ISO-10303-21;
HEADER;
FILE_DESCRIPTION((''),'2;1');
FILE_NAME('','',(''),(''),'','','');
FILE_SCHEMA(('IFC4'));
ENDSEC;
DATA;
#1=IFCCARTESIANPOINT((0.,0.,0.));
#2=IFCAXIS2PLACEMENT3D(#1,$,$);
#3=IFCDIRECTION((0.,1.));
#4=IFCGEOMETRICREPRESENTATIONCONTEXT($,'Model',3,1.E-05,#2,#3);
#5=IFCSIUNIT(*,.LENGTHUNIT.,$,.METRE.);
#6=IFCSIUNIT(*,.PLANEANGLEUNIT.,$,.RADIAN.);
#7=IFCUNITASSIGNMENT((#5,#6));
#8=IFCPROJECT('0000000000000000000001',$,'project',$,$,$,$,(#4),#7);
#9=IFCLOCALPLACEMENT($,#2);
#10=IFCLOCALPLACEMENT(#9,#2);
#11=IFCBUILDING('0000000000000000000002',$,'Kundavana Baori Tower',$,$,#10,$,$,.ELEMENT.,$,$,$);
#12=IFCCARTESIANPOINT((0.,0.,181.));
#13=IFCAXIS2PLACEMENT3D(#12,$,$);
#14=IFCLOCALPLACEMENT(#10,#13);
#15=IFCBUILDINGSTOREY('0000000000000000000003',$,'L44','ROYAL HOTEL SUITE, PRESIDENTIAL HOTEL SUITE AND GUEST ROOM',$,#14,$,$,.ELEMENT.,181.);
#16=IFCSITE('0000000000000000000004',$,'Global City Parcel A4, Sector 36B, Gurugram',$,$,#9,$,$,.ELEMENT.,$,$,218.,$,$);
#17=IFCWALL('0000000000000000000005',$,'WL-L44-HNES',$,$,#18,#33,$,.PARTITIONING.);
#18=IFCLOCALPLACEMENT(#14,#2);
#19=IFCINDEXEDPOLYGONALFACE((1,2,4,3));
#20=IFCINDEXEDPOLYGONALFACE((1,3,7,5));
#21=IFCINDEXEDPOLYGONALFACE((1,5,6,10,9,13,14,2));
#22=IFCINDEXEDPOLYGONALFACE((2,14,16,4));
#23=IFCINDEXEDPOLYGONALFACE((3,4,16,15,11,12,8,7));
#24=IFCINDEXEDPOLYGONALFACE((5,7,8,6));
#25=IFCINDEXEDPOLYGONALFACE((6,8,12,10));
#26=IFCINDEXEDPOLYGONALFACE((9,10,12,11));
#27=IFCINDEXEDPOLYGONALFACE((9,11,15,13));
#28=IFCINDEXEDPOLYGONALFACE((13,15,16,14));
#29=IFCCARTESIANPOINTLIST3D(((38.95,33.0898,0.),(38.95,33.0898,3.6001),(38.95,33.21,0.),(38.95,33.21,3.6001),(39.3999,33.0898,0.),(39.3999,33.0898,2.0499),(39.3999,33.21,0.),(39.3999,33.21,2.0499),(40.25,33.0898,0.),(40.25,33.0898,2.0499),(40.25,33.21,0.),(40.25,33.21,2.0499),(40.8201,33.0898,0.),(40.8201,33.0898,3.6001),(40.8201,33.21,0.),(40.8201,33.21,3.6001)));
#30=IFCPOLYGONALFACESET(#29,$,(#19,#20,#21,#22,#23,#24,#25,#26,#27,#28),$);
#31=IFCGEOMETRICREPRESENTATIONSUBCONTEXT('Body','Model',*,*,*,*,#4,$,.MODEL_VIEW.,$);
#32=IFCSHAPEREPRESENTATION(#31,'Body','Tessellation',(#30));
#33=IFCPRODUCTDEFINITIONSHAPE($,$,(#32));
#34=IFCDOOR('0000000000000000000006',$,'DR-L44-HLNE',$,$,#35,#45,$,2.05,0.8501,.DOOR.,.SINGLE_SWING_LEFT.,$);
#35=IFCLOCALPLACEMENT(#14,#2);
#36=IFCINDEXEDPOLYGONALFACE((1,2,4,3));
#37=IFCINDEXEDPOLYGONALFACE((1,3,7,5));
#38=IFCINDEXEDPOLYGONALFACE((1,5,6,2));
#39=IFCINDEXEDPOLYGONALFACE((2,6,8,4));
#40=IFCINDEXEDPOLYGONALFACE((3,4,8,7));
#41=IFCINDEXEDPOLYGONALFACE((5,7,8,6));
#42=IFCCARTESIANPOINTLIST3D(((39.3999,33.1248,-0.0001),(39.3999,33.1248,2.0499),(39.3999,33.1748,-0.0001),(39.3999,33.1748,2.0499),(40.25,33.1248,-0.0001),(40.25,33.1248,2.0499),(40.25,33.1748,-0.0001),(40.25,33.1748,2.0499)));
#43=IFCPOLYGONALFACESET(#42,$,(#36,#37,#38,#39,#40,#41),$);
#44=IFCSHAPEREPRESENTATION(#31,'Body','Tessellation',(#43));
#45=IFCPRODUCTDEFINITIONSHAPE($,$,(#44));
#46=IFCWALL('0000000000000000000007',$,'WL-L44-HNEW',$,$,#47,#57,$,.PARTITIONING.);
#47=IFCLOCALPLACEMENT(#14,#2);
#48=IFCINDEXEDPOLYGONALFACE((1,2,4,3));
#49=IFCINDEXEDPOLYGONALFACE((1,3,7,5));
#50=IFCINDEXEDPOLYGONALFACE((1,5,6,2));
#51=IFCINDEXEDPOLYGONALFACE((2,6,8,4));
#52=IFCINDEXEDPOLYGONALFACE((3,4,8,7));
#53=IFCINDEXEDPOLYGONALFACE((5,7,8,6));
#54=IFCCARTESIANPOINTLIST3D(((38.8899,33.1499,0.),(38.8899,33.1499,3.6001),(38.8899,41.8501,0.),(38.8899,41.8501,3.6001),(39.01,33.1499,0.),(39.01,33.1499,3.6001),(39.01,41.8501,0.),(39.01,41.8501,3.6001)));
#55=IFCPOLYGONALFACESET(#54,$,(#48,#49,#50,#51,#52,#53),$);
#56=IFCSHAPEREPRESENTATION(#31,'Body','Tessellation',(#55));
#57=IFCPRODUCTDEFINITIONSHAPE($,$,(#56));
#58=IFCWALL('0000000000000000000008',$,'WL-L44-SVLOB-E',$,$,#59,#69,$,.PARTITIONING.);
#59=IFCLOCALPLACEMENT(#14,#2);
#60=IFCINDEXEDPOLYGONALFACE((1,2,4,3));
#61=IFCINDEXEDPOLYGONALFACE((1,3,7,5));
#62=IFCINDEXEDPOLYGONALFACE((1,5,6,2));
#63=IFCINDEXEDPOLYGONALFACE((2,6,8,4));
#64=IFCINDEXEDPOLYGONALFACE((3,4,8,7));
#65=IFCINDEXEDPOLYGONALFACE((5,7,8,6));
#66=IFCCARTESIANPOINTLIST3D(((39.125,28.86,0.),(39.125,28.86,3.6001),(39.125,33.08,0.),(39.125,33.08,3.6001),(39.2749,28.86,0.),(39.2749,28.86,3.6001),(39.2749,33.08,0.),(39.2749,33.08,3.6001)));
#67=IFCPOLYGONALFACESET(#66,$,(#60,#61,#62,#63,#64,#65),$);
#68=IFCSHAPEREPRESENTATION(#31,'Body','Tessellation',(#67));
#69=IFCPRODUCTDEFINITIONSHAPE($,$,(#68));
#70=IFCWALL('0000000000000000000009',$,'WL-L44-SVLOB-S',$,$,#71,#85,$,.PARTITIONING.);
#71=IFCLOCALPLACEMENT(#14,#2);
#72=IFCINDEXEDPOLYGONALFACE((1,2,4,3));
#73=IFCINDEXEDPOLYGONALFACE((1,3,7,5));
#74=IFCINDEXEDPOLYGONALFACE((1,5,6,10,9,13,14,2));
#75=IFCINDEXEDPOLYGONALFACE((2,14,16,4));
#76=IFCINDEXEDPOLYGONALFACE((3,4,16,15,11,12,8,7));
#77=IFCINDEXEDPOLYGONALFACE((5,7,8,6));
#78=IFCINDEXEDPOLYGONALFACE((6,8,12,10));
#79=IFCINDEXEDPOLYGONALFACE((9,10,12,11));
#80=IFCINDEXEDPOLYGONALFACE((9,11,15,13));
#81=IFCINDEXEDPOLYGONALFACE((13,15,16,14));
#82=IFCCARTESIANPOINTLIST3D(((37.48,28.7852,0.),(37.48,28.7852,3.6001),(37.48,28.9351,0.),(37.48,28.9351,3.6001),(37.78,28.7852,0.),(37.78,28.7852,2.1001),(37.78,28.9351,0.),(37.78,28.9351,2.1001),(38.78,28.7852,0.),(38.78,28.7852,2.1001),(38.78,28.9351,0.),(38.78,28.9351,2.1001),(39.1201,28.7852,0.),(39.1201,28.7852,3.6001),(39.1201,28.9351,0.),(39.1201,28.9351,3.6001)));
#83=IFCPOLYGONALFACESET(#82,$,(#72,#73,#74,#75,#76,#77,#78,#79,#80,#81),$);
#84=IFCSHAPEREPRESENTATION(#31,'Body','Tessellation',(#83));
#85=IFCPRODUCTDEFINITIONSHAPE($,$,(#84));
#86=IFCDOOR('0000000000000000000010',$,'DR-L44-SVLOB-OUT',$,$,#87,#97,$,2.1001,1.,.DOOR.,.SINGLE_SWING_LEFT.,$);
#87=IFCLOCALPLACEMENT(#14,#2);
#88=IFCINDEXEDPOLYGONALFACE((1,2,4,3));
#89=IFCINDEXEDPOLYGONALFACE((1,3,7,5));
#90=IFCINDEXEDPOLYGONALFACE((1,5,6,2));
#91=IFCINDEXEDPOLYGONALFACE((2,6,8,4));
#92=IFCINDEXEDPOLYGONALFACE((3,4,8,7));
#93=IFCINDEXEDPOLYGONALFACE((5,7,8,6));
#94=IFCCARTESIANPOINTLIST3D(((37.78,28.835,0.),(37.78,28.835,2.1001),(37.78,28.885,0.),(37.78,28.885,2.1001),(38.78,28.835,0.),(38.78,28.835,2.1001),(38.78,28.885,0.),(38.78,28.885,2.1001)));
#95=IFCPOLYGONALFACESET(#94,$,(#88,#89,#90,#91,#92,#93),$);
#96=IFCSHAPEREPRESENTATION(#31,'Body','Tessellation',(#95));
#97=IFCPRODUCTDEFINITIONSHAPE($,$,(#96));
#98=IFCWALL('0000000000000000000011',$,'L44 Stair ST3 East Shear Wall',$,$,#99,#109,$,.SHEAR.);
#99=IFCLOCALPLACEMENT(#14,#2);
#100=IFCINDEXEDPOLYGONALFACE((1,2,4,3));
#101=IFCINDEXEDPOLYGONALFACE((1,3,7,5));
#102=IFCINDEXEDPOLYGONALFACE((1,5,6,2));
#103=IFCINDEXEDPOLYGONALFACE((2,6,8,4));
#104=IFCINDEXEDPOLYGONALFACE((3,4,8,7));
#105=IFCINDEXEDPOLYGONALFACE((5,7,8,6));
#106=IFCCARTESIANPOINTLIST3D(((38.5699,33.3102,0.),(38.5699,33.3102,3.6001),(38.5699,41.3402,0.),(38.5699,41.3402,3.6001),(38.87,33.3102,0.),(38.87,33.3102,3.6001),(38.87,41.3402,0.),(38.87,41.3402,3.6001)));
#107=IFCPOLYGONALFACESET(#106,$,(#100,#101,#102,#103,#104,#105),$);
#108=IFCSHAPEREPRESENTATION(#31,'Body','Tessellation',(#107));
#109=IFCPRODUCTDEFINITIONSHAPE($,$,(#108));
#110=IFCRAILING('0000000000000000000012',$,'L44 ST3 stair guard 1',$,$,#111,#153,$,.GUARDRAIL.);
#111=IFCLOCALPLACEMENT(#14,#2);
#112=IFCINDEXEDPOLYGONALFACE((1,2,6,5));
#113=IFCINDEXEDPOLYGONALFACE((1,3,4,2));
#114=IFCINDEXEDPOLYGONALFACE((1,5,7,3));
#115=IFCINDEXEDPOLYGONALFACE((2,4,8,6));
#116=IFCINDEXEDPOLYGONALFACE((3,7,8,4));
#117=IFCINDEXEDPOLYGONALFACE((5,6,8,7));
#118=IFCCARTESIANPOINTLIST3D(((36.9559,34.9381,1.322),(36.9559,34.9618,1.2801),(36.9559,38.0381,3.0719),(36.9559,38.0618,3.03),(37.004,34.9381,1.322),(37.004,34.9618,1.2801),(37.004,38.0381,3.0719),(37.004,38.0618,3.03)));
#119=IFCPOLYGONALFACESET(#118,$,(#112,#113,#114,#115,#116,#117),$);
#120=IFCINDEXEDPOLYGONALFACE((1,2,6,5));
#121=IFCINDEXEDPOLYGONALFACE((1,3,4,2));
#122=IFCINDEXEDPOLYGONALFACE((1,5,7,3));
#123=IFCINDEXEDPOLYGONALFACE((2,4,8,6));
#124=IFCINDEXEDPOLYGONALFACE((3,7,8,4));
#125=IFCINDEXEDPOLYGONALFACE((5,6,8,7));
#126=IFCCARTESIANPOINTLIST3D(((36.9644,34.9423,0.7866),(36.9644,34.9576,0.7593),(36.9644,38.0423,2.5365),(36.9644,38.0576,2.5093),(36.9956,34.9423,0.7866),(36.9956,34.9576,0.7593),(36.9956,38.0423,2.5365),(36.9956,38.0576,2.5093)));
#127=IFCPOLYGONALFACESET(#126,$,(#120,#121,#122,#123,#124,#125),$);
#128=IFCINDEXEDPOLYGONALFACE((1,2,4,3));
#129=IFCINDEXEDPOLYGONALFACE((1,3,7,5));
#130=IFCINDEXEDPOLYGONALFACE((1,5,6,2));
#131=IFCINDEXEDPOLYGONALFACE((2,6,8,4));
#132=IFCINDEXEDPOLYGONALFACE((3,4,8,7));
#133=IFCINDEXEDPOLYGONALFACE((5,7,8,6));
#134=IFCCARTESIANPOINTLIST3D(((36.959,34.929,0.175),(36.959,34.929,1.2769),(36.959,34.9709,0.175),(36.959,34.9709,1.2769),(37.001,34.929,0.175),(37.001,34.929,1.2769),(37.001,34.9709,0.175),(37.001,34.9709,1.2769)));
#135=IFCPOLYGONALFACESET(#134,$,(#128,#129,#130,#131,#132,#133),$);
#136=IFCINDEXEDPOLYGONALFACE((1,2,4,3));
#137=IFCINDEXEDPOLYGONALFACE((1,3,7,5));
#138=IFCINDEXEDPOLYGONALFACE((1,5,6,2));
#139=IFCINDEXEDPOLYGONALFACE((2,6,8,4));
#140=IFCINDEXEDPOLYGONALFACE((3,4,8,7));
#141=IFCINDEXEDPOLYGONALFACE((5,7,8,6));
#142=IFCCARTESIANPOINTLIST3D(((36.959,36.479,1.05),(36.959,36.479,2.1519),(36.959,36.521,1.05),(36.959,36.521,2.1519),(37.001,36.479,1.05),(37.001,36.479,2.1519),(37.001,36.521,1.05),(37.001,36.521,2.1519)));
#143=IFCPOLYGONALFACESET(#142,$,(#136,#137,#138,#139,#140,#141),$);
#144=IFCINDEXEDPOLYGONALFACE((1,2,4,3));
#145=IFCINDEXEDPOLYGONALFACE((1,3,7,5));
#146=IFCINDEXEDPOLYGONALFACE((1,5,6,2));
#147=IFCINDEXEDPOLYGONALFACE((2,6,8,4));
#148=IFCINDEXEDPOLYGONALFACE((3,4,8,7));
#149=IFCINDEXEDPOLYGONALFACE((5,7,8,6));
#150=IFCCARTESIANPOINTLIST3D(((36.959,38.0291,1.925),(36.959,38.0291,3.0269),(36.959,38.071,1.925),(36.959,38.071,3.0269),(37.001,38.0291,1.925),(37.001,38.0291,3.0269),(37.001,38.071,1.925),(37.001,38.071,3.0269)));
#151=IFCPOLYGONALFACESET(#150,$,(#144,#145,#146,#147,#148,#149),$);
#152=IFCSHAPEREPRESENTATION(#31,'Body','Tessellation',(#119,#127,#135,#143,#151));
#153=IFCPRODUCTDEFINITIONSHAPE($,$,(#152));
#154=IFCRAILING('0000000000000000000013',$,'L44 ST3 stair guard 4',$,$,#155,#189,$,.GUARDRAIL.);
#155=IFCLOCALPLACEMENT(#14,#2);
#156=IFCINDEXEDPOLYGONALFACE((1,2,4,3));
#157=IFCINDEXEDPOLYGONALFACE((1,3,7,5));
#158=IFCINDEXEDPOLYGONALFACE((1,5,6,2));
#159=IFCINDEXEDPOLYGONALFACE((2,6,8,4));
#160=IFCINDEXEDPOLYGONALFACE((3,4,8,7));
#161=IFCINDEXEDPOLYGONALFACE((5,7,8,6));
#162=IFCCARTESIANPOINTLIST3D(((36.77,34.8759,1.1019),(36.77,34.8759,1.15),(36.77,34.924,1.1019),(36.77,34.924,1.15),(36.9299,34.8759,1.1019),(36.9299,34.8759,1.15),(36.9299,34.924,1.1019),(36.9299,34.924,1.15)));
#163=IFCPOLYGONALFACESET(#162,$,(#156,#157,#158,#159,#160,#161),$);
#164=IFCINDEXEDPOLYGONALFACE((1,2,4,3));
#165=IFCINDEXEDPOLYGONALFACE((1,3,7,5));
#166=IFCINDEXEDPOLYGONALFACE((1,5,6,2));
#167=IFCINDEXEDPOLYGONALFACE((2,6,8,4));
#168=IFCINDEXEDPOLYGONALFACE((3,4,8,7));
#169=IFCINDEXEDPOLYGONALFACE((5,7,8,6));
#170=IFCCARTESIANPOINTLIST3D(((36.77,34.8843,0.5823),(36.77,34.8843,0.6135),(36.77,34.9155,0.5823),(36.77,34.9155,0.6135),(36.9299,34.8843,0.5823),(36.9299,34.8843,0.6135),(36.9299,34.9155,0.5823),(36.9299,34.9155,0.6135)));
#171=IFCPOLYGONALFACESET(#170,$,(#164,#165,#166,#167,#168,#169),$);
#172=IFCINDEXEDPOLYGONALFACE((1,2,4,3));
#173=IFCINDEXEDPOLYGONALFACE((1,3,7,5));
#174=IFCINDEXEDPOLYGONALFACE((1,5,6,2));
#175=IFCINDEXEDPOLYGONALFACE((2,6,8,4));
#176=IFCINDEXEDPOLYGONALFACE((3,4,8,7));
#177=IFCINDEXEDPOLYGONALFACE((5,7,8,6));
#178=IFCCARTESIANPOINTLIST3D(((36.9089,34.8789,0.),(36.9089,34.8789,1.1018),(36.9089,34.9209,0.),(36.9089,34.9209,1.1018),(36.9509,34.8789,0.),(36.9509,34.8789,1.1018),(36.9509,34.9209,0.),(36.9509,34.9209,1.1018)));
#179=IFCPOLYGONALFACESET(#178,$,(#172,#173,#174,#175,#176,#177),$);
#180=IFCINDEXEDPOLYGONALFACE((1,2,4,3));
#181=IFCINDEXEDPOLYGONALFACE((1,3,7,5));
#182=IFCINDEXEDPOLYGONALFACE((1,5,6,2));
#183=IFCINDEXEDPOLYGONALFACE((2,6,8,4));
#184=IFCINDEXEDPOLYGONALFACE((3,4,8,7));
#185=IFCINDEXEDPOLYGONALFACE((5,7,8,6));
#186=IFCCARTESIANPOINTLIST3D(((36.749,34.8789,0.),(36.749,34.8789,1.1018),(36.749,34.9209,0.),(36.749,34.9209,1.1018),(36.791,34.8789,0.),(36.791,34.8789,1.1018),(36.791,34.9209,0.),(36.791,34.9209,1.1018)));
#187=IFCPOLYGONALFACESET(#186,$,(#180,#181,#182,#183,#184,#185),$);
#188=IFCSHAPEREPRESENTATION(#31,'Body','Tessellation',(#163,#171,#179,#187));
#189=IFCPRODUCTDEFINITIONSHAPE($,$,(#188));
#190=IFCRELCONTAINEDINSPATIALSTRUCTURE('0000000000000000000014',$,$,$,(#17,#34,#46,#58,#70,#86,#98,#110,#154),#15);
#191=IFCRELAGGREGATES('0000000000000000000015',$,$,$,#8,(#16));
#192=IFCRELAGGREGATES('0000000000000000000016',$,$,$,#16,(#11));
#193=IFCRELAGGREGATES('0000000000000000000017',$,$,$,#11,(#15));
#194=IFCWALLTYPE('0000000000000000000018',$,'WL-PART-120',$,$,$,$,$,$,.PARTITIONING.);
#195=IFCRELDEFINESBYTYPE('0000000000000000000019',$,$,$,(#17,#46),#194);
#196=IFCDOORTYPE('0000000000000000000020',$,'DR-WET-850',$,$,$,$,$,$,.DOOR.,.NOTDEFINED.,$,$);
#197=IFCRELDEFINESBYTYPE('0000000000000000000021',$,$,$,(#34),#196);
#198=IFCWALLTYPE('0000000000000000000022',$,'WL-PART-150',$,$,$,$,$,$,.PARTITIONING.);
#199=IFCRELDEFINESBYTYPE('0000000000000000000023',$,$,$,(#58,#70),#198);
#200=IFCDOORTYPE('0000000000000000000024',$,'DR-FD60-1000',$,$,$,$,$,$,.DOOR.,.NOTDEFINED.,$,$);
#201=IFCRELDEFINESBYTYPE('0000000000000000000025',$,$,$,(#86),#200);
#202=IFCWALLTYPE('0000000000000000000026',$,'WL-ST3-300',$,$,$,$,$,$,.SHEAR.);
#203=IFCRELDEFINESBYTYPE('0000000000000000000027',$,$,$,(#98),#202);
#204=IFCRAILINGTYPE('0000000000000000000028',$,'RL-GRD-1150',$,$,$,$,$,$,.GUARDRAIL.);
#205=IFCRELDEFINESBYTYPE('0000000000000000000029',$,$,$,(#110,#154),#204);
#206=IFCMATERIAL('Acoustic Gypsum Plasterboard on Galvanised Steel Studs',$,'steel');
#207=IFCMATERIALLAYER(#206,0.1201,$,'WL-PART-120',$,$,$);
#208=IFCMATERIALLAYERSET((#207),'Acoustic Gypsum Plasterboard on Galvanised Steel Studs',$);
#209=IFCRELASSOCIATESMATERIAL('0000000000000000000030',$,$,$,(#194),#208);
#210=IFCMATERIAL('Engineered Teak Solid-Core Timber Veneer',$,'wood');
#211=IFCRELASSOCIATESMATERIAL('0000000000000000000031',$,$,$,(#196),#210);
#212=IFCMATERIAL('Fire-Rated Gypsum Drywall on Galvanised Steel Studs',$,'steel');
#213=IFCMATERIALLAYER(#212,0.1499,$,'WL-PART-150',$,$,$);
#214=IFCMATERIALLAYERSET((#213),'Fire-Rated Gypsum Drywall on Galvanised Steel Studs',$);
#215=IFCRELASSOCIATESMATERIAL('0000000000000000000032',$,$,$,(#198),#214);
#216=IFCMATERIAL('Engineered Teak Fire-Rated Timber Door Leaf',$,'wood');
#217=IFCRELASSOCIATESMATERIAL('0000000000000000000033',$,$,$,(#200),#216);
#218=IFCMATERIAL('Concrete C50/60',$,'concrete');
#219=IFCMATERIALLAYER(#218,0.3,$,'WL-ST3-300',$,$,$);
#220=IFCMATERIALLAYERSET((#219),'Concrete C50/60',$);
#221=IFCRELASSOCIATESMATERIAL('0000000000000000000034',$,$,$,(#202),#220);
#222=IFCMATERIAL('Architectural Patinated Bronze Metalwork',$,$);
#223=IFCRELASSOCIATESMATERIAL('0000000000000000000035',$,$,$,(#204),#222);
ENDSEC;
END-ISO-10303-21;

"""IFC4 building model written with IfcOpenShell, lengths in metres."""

from ifc_helpers import new_model, si_unit, direction, frame, frame_2d, origin, origin_2d, place, context, subcontext, project, spatial, rectangle, extrude, material, layer, layer_set, type_object, element, fill, save


model = new_model("IFC4")

# Units and contexts
model_context = context("Model", 3, precision=1e-05, world=origin(), true_north=direction((0.0, 1.0)))
body_context = subcontext(model_context, "Body", "Model", "MODEL_VIEW")
ifc_project = project(units=[si_unit("LENGTHUNIT", "METRE"), si_unit("PLANEANGLEUNIT", "RADIAN")], contexts=[model_context])

# Site, building, storey
site_placement = place(None, origin())
site = spatial("IfcSite", under=ifc_project, at=site_placement, Name="Global City Parcel A4, Sector 36B, Gurugram", CompositionType="ELEMENT", RefElevation=218.0)
building_placement = place(site_placement, origin())
building = spatial("IfcBuilding", under=site, at=building_placement, Name="Kundavana Baori Tower", CompositionType="ELEMENT")
storey_placement = place(building_placement, frame((0.0, 0.0, 181.0)))
storey = spatial("IfcBuildingStorey", under=building, at=storey_placement, Name="L44", Description="ROYAL HOTEL SUITE, PRESIDENTIAL HOTEL SUITE AND GUEST ROOM", CompositionType="ELEMENT", Elevation=181.0)

# Shared definitions
ifc_material_1 = material(Name="Acoustic Gypsum Plasterboard on Galvanised Steel Studs", Category="steel")
ifc_layer_1 = layer(ifc_material_1, 0.1201, Name="WL-PART-120")
ifc_layer_set_1 = layer_set([ifc_layer_1], Name="Acoustic Gypsum Plasterboard on Galvanised Steel Studs")
wall_type_1 = type_object("IfcWallType", Name="WL-PART-120", PredefinedType="PARTITIONING", material=ifc_layer_set_1)

# Wall, opening, door
wall_1_placement = place(storey_placement, frame((38.95, 33.1499, 0.0), z_axis=(0.0, 0.0, 1.0), x_axis=(1.0, 0.0, 0.0)))
wall_1 = element("IfcWall", 1, at=wall_1_placement, inside=storey, type_object=wall_type_1, Name="WL-L44-HNES", PredefinedType="PARTITIONING", context=body_context, shape_type="SweptSolid", body=[
    extrude(rectangle(XDim=1.8701, YDim=0.1201, at=frame_2d((0.9351, 0.0))), origin(), (0.0, 0.0, 1.0), 3.6001),
])
opening_1_placement = place(wall_1_placement, frame((0.45, 0.0, 0.0)))
opening_1 = element("IfcOpeningElement", 2, at=opening_1_placement, cuts=wall_1, PredefinedType="OPENING", context=body_context, shape_type="SweptSolid", body=[
    extrude(rectangle(XDim=0.8501, YDim=2.05, at=frame_2d((0.425, 1.0249))), frame((0.0, 0.0701, 0.0), z_axis=(0.0, -1.0, 0.0), x_axis=(1.0, 0.0, 0.0)), (0.0, 0.0, 1.0), 0.1401),
])
ifc_material_2 = material(Name="Engineered Teak Solid-Core Timber Veneer", Category="wood")
door_type_1 = type_object("IfcDoorType", Name="DR-WET-850", OperationType="NOTDEFINED", PredefinedType="DOOR", material=ifc_material_2)
door_1_placement = place(opening_1_placement, origin())
door_1 = element("IfcDoor", 3, at=door_1_placement, inside=storey, type_object=door_type_1, Name="DR-L44-HLNE", OperationType="SINGLE_SWING_LEFT", OverallHeight=2.05, OverallWidth=0.8501, PredefinedType="DOOR", context=body_context, shape_type="SweptSolid", body=[
    extrude(rectangle(XDim=0.8501, YDim=2.05, at=frame_2d((0.425, 1.0249))), frame((0.0, 0.0249, 0.0), z_axis=(0.0, -1.0, 0.0), x_axis=(1.0, 0.0, 0.0)), (0.0, 0.0, 1.0), 0.05),
])
fill(opening_1, door_1)

# Walls
wall_2_placement = place(storey_placement, frame((38.95, 33.1499, 0.0), z_axis=(0.0, 0.0, 1.0), x_axis=(0.0, 1.0, 0.0)))
element("IfcWall", 4, at=wall_2_placement, inside=storey, type_object=wall_type_1, Name="WL-L44-HNEW", PredefinedType="PARTITIONING", context=body_context, shape_type="SweptSolid", body=[
    extrude(rectangle(XDim=8.7002, YDim=0.1201, at=frame_2d((4.3501, 0.0))), origin(), (0.0, 0.0, 1.0), 3.6001),
])
ifc_material_3 = material(Name="Fire-Rated Gypsum Drywall on Galvanised Steel Studs", Category="steel")
ifc_layer_2 = layer(ifc_material_3, 0.1499, Name="WL-PART-150")
ifc_layer_set_2 = layer_set([ifc_layer_2], Name="Fire-Rated Gypsum Drywall on Galvanised Steel Studs")
wall_type_2 = type_object("IfcWallType", Name="WL-PART-150", PredefinedType="PARTITIONING", material=ifc_layer_set_2)
wall_3_placement = place(storey_placement, frame((39.2, 28.8601, 0.0), z_axis=(0.0, 0.0, 1.0), x_axis=(0.0, 1.0, 0.0)))
element("IfcWall", 5, at=wall_3_placement, inside=storey, type_object=wall_type_2, Name="WL-L44-SVLOB-E", PredefinedType="PARTITIONING", context=body_context, shape_type="SweptSolid", body=[
    extrude(rectangle(XDim=4.22, YDim=0.1499, at=frame_2d((2.1099, 0.0))), origin(), (0.0, 0.0, 1.0), 3.6001),
])

# Wall, opening, door
wall_4_placement = place(storey_placement, frame((37.48, 28.8601, 0.0), z_axis=(0.0, 0.0, 1.0), x_axis=(1.0, 0.0, 0.0)))
wall_4 = element("IfcWall", 6, at=wall_4_placement, inside=storey, type_object=wall_type_2, Name="WL-L44-SVLOB-S", PredefinedType="PARTITIONING", context=body_context, shape_type="SweptSolid", body=[
    extrude(rectangle(XDim=1.6401, YDim=0.1499, at=frame_2d((0.8201, 0.0))), origin(), (0.0, 0.0, 1.0), 3.6001),
])
opening_2_placement = place(wall_4_placement, frame((0.3, 0.0, 0.0)))
opening_2 = element("IfcOpeningElement", 7, at=opening_2_placement, cuts=wall_4, PredefinedType="OPENING", context=body_context, shape_type="SweptSolid", body=[
    extrude(rectangle(XDim=1.0, YDim=2.1001, at=frame_2d((0.5, 1.05))), frame((0.0, 0.085, 0.0), z_axis=(0.0, -1.0, 0.0), x_axis=(1.0, 0.0, 0.0)), (0.0, 0.0, 1.0), 0.1699),
])
ifc_material_4 = material(Name="Engineered Teak Fire-Rated Timber Door Leaf", Category="wood")
door_type_2 = type_object("IfcDoorType", Name="DR-FD60-1000", OperationType="NOTDEFINED", PredefinedType="DOOR", material=ifc_material_4)
door_2_placement = place(opening_2_placement, origin())
door_2 = element("IfcDoor", 8, at=door_2_placement, inside=storey, type_object=door_type_2, Name="DR-L44-SVLOB-OUT", OperationType="SINGLE_SWING_LEFT", OverallHeight=2.1001, OverallWidth=1.0, PredefinedType="DOOR", context=body_context, shape_type="SweptSolid", body=[
    extrude(rectangle(XDim=1.0, YDim=2.1001, at=frame_2d((0.5, 1.05))), frame((0.0, 0.0249, 0.0), z_axis=(0.0, -1.0, 0.0), x_axis=(1.0, 0.0, 0.0)), (0.0, 0.0, 1.0), 0.05),
])
fill(opening_2, door_2)

# Wall
ifc_material_5 = material(Name="Concrete C50/60", Category="concrete")
ifc_layer_3 = layer(ifc_material_5, 0.3, Name="WL-ST3-300")
ifc_layer_set_3 = layer_set([ifc_layer_3], Name="Concrete C50/60")
wall_type_3 = type_object("IfcWallType", Name="WL-ST3-300", PredefinedType="SHEAR", material=ifc_layer_set_3)
wall_5_placement = place(storey_placement, frame((38.72, 33.3101, 0.0), z_axis=(0.0, 0.0, 1.0), x_axis=(0.0, 1.0, 0.0)))
element("IfcWall", 9, at=wall_5_placement, inside=storey, type_object=wall_type_3, Name="L44 Stair ST3 East Shear Wall", PredefinedType="SHEAR", context=body_context, shape_type="SweptSolid", body=[
    extrude(rectangle(XDim=8.03, YDim=0.3, at=frame_2d((4.0151, 0.0))), origin(), (0.0, 0.0, 1.0), 3.6001),
])

# Railings
ifc_material_6 = material(Name="Architectural Patinated Bronze Metalwork")
railing_type = type_object("IfcRailingType", Name="RL-GRD-1150", PredefinedType="GUARDRAIL", material=ifc_material_6)
railing_1_placement = place(storey_placement, frame((36.98, 34.95, 0.175)))
element("IfcRailing", 10, at=railing_1_placement, inside=storey, type_object=railing_type, Name="L44 ST3 stair guard 1", PredefinedType="GUARDRAIL", context=body_context, shape_type="SweptSolid", body=[
    extrude(rectangle(XDim=0.0481, YDim=0.0481, at=origin_2d()), frame((0.0, 0.0, 1.126), z_axis=(0.0, 0.870831, 0.491583), x_axis=(-1.0, 0.0, 0.0)), (0.0, 0.0, 1.0), 3.5598),
    extrude(rectangle(XDim=0.0312, YDim=0.0312, at=origin_2d()), frame((0.0, 0.0, 0.5979), z_axis=(0.0, 0.870831, 0.491583), x_axis=(-1.0, 0.0, 0.0)), (0.0, 0.0, 1.0), 3.5598),
    extrude(rectangle(XDim=0.042, YDim=0.042, at=origin_2d()), origin(), (0.0, 0.0, 1.0), 1.1018),
    extrude(rectangle(XDim=0.042, YDim=0.042, at=origin_2d()), frame((0.0, 1.55, 0.875)), (0.0, 0.0, 1.0), 1.1018),
    extrude(rectangle(XDim=0.042, YDim=0.042, at=origin_2d()), frame((0.0, 3.1001, 1.75)), (0.0, 0.0, 1.0), 1.1018),
])
railing_2_placement = place(storey_placement, frame((36.9299, 34.8999, 0.0)))
element("IfcRailing", 11, at=railing_2_placement, inside=storey, type_object=railing_type, Name="L44 ST3 stair guard 4", PredefinedType="GUARDRAIL", context=body_context, shape_type="SweptSolid", body=[
    extrude(rectangle(XDim=0.0481, YDim=0.0481, at=origin_2d()), frame((0.0, 0.0, 1.126), z_axis=(-1.0, 0.0, 0.0), x_axis=(0.0, -1.0, 0.0)), (0.0, 0.0, 1.0), 0.1599),
    extrude(rectangle(XDim=0.0312, YDim=0.0312, at=origin_2d()), frame((0.0, 0.0, 0.5979), z_axis=(-1.0, 0.0, 0.0), x_axis=(0.0, -1.0, 0.0)), (0.0, 0.0, 1.0), 0.1599),
    extrude(rectangle(XDim=0.042, YDim=0.042, at=origin_2d()), origin(), (0.0, 0.0, 1.0), 1.1018),
    extrude(rectangle(XDim=0.042, YDim=0.042, at=origin_2d()), frame((-0.1599, 0.0, 0.0)), (0.0, 0.0, 1.0), 1.1018),
])

save(model, "model.ifc")
